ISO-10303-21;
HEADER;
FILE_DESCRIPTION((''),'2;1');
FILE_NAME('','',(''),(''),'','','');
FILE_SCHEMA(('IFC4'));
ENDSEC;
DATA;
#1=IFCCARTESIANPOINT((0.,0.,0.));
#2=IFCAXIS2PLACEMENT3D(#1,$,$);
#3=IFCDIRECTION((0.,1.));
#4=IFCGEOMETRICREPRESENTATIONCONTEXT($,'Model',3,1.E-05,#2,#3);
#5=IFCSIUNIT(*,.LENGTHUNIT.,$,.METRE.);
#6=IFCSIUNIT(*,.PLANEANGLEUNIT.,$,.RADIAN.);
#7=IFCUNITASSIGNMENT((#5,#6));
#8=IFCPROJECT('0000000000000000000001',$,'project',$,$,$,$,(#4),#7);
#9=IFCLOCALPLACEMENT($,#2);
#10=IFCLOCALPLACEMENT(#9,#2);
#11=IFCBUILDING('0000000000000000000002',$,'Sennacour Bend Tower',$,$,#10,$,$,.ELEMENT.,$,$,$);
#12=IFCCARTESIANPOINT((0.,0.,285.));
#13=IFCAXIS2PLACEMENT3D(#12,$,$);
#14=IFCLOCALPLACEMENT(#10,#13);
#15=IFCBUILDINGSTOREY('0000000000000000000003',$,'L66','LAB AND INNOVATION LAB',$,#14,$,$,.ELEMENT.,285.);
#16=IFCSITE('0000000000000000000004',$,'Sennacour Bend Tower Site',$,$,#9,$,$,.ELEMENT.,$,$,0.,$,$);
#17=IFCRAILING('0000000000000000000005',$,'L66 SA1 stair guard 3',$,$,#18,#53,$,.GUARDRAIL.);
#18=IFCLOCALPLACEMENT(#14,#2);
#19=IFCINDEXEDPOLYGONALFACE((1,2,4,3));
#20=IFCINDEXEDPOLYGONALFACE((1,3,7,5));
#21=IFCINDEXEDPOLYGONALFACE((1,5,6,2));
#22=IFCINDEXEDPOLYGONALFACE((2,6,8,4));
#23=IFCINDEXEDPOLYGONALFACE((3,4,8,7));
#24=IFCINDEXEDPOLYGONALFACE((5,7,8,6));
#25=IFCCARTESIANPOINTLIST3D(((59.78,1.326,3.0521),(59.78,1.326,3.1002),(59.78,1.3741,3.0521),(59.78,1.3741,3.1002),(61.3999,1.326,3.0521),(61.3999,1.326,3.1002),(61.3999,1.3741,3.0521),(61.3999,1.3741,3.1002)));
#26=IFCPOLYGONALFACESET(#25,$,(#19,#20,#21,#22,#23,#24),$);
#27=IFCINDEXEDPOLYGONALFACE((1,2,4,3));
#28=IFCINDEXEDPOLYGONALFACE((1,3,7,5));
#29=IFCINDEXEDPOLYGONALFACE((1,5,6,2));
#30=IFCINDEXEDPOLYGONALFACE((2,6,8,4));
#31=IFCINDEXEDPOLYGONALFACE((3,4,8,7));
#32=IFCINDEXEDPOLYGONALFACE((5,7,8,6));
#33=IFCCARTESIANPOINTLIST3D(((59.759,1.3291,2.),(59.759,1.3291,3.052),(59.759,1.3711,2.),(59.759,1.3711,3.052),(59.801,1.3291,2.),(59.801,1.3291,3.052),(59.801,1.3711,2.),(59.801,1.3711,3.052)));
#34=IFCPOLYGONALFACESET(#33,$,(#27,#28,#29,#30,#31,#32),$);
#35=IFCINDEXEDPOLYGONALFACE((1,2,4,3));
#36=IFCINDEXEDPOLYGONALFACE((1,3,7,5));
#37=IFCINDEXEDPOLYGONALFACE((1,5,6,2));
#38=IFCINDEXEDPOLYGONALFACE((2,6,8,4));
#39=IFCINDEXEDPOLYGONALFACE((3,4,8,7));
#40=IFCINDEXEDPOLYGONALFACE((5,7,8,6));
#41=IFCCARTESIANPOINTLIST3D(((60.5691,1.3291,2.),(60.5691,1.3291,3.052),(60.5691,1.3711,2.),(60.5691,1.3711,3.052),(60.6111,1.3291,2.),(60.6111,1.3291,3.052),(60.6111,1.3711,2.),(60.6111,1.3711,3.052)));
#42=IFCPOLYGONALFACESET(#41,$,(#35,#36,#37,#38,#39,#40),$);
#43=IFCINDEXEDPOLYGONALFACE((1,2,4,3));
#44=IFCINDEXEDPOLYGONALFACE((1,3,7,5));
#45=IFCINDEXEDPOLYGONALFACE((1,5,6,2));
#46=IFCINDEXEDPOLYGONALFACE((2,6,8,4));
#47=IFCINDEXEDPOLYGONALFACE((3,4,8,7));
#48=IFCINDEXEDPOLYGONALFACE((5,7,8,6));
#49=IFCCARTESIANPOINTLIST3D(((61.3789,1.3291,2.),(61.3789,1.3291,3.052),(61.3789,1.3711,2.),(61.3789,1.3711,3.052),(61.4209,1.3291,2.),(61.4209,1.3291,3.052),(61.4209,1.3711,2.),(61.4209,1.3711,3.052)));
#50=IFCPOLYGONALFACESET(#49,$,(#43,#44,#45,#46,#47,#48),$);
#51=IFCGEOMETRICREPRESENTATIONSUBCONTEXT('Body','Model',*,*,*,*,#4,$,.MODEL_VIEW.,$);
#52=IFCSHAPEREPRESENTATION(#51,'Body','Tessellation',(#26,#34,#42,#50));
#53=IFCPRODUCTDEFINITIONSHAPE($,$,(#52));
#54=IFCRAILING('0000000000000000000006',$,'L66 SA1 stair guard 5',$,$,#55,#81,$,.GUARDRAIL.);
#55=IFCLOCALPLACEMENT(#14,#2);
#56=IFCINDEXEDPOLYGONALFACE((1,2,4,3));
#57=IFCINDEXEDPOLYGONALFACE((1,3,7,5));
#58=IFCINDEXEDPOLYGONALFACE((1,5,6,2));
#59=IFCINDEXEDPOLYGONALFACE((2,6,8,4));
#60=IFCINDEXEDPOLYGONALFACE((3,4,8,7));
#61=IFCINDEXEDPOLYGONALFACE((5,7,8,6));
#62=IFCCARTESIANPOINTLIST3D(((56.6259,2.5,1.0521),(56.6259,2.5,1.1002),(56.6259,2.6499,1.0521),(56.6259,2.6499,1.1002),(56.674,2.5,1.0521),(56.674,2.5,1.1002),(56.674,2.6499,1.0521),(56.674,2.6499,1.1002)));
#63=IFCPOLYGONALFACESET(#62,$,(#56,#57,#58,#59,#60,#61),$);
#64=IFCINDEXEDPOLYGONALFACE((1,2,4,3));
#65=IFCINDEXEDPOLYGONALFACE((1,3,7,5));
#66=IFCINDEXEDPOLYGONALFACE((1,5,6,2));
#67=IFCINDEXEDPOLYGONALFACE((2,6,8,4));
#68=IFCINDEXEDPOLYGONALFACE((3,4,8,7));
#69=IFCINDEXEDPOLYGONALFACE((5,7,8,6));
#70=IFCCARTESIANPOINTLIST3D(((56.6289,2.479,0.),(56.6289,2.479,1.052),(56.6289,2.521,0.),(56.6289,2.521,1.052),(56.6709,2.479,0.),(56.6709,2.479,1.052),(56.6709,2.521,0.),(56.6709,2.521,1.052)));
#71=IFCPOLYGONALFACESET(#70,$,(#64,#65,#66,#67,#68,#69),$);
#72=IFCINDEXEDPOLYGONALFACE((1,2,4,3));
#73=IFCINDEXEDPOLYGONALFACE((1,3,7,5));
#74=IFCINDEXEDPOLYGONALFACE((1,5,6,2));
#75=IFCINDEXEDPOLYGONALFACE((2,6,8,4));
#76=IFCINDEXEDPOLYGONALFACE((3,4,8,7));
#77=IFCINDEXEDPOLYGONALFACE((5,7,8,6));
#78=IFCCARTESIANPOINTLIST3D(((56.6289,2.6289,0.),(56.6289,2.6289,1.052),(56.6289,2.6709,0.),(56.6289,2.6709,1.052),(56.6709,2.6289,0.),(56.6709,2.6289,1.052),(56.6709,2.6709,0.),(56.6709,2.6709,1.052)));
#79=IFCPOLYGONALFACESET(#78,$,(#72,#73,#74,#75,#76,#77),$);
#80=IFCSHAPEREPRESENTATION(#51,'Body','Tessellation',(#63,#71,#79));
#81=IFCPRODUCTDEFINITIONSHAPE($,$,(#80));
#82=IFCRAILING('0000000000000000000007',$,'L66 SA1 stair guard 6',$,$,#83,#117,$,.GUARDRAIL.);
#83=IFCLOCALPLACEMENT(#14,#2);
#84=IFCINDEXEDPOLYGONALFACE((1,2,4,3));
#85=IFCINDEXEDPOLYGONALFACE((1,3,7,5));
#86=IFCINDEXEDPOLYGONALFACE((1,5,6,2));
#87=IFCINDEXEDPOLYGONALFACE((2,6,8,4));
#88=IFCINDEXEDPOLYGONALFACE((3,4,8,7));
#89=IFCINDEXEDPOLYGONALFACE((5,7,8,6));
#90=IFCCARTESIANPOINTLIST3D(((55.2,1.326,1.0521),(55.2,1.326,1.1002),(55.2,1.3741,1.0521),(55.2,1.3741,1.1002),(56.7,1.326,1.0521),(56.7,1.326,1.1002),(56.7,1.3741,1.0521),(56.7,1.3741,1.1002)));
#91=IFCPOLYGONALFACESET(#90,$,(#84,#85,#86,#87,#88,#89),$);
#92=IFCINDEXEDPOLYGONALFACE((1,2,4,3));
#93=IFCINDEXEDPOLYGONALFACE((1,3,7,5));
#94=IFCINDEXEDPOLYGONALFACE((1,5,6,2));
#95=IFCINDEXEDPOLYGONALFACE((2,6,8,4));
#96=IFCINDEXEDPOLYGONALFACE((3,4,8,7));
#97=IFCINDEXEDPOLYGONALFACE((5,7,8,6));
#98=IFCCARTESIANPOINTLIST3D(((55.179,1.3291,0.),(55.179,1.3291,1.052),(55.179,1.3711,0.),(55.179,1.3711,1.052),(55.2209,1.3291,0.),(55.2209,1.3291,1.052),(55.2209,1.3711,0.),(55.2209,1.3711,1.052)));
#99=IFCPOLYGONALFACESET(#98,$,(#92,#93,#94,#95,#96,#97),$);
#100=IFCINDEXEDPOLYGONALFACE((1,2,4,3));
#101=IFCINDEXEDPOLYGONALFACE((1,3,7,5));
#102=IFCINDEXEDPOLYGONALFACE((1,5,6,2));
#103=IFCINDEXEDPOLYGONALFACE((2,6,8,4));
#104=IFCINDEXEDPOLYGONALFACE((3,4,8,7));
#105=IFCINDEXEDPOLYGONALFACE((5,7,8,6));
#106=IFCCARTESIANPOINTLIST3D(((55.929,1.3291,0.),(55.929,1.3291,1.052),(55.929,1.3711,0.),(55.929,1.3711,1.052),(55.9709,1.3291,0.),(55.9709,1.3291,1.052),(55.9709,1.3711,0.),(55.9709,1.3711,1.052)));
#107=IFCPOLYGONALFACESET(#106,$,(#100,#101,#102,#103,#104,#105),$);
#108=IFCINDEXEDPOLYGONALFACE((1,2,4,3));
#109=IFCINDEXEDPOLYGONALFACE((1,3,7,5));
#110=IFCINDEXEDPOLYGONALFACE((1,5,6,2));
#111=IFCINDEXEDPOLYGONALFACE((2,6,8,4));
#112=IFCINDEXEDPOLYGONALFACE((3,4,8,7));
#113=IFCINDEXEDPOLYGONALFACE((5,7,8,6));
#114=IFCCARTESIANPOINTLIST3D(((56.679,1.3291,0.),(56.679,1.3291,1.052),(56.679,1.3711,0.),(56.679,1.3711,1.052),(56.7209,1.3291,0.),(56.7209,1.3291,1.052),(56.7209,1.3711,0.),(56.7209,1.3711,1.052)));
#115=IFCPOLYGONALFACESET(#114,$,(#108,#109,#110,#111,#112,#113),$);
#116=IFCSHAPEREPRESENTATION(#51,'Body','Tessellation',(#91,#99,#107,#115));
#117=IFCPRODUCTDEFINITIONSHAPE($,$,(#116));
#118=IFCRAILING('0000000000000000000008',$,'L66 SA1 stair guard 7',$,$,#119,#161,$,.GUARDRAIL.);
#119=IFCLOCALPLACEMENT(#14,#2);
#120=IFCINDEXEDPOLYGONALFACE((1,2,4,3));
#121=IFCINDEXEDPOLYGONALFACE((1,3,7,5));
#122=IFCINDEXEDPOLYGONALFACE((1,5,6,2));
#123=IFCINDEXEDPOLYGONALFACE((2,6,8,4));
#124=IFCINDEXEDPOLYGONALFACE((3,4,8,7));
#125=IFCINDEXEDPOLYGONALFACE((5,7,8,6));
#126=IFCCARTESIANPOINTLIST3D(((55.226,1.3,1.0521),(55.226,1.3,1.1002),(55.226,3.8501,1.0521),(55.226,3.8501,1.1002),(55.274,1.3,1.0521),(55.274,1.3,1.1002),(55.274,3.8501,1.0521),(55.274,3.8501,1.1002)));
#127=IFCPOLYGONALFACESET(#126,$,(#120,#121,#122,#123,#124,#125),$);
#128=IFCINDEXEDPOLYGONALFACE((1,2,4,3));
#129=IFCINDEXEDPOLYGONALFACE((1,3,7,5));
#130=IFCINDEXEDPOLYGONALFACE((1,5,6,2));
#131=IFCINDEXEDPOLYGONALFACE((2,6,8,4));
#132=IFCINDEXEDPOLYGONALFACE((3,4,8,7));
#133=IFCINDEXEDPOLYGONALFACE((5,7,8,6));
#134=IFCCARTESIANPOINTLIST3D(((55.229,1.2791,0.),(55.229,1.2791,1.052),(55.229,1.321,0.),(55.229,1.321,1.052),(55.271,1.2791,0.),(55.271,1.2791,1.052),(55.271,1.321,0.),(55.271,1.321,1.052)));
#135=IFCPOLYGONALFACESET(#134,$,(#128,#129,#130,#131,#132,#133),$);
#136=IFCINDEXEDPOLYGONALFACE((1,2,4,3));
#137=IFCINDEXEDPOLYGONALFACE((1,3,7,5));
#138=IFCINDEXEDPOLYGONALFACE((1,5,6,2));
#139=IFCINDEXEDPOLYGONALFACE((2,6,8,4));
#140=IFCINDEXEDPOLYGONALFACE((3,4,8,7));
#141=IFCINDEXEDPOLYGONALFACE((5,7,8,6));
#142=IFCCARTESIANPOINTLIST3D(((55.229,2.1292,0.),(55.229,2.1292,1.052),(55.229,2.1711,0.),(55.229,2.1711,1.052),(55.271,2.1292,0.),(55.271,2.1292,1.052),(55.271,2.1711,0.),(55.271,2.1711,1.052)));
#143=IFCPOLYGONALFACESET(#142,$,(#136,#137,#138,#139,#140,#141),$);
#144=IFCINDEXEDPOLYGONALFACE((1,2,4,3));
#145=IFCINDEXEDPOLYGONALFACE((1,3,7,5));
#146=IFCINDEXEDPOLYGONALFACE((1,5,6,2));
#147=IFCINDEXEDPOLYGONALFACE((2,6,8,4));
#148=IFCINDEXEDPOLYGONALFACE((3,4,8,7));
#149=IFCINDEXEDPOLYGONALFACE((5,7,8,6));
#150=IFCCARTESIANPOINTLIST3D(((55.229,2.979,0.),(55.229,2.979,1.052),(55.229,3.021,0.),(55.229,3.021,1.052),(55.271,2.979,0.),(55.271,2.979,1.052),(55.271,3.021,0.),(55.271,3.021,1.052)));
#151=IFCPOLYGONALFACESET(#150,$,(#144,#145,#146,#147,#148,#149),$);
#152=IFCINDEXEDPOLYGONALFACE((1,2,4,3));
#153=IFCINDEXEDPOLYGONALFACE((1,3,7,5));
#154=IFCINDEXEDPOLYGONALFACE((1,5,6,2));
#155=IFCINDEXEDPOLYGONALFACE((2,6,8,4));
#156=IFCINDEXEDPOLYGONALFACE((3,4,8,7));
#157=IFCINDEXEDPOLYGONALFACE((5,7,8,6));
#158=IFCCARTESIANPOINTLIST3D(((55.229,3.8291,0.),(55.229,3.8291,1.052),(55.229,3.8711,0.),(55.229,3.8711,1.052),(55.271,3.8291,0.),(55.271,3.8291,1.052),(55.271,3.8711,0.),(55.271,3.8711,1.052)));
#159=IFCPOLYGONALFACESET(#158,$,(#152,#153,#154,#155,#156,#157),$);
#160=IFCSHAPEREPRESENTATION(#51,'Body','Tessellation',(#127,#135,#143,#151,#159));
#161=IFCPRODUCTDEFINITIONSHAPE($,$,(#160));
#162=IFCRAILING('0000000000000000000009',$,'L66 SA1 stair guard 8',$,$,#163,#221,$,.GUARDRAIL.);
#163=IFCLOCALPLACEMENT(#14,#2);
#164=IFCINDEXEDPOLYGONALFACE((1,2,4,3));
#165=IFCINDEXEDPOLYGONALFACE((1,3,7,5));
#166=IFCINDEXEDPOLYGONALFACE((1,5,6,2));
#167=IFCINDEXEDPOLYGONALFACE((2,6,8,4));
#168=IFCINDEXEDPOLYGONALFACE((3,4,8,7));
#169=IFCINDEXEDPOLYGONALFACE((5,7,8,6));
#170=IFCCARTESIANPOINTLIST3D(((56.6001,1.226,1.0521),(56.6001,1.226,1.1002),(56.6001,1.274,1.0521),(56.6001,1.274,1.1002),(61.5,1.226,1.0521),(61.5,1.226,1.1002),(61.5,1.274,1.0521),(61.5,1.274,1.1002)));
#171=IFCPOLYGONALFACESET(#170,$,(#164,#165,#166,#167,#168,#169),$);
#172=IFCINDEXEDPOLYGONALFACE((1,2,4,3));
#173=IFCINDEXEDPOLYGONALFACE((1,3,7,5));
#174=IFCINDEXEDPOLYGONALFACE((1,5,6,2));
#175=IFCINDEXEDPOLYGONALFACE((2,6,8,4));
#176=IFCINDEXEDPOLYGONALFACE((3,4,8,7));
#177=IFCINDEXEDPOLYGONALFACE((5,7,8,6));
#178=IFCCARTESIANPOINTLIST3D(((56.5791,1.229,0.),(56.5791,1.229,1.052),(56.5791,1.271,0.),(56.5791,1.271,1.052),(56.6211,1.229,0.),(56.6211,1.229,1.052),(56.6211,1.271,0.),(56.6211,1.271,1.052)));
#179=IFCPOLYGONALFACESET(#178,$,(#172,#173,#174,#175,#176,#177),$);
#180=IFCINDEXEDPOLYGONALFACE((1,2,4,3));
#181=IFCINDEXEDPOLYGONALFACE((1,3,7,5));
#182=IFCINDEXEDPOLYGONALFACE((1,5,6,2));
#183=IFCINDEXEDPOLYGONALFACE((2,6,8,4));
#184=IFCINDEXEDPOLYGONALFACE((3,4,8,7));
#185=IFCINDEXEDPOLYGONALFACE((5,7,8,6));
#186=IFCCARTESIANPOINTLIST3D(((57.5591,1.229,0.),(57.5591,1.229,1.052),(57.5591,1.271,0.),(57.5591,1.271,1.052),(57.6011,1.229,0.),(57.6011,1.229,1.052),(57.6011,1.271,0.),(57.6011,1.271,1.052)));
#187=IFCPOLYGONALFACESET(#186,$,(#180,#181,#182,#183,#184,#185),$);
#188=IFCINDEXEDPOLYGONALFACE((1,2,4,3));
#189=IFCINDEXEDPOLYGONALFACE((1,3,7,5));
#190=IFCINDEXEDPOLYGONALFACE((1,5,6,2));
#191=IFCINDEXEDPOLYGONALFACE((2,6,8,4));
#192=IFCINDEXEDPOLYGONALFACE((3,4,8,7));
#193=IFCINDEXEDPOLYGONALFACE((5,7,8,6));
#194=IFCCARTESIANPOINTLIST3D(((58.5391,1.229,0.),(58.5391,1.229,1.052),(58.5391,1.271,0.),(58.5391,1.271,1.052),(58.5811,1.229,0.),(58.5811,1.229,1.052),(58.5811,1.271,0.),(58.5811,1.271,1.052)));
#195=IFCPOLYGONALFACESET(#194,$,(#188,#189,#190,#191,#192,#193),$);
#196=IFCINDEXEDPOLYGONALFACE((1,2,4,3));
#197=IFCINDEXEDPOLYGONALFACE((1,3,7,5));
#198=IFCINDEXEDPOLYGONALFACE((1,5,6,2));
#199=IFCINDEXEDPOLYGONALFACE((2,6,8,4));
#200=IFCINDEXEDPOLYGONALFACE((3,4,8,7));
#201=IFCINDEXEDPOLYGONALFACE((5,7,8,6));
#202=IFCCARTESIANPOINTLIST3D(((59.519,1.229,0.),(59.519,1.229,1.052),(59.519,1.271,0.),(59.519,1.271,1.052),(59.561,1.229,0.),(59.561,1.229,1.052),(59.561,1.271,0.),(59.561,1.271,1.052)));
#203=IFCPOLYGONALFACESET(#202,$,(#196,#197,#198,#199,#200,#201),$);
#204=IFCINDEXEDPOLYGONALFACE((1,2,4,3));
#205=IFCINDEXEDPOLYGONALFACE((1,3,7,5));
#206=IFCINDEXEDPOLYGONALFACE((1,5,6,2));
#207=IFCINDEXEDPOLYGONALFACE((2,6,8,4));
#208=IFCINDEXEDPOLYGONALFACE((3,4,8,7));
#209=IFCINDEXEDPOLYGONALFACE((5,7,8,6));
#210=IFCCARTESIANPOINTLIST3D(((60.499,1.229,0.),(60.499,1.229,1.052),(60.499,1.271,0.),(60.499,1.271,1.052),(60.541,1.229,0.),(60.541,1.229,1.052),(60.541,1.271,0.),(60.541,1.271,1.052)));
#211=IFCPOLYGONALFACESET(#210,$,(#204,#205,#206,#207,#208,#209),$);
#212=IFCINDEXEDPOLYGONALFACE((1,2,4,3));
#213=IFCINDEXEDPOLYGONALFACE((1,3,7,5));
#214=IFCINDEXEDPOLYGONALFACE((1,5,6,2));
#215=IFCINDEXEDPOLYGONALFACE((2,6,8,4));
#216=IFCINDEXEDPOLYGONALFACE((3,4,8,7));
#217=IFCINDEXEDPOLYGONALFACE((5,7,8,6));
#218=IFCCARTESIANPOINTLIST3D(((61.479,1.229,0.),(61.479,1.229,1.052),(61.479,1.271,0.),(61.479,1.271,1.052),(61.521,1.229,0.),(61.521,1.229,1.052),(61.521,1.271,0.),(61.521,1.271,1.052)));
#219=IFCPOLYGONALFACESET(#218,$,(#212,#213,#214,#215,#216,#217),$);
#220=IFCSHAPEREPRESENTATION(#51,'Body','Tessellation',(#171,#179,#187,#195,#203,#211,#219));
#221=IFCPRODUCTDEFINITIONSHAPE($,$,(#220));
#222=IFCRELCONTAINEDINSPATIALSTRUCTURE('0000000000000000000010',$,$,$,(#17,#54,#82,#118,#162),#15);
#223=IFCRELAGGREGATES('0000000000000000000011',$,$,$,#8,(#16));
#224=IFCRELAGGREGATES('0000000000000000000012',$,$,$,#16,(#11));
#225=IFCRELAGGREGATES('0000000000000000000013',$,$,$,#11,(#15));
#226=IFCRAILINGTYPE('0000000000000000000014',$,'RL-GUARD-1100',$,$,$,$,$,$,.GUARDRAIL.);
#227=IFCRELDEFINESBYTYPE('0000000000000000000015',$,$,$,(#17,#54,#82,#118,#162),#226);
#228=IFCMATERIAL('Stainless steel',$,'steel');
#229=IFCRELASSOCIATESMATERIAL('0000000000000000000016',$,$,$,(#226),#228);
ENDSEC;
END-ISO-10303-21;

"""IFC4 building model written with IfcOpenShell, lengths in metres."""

from ifc_helpers import new_model, si_unit, direction, frame, origin, origin_2d, place, context, subcontext, project, spatial, rectangle, extrude, material, type_object, element, save


model = new_model("IFC4")

# Units and contexts
model_context = context("Model", 3, precision=1e-05, world=origin(), true_north=direction((0.0, 1.0)))
body_context = subcontext(model_context, "Body", "Model", "MODEL_VIEW")
ifc_project = project(units=[si_unit("LENGTHUNIT", "METRE"), si_unit("PLANEANGLEUNIT", "RADIAN")], contexts=[model_context])

# Site, building, storey
site_placement = place(None, origin())
site = spatial("IfcSite", under=ifc_project, at=site_placement, Name="Sennacour Bend Tower Site", CompositionType="ELEMENT", RefElevation=0.0)
building_placement = place(site_placement, origin())
building = spatial("IfcBuilding", under=site, at=building_placement, Name="Sennacour Bend Tower", CompositionType="ELEMENT")
storey_placement = place(building_placement, frame((0.0, 0.0, 285.0)))
storey = spatial("IfcBuildingStorey", under=building, at=storey_placement, Name="L66", Description="LAB AND INNOVATION LAB", CompositionType="ELEMENT", Elevation=285.0)

# Shared definitions
ifc_material_1 = material(Name="Stainless steel", Category="steel")

# Railings
railing_type_1 = type_object("IfcRailingType", Name="RL-GUARD-1100", PredefinedType="GUARDRAIL", material=ifc_material_1)
railing_1_placement = place(storey_placement, frame((59.78, 1.3501, 2.0)))
element("IfcRailing", 1, at=railing_1_placement, inside=storey, type_object=railing_type_1, Name="L66 SA1 stair guard 3", PredefinedType="GUARDRAIL", context=body_context, shape_type="SweptSolid", body=[
    extrude(rectangle(XDim=0.0481, YDim=0.0481, at=origin_2d()), frame((0.0, 0.0, 1.0762), z_axis=(1.0, 0.0, 0.0), x_axis=(0.0, 1.0, 0.0)), (0.0, 0.0, 1.0), 1.6199),
    extrude(rectangle(XDim=0.042, YDim=0.042, at=origin_2d()), origin(), (0.0, 0.0, 1.0), 1.052),
    extrude(rectangle(XDim=0.042, YDim=0.042, at=origin_2d()), frame((0.8101, 0.0, 0.0)), (0.0, 0.0, 1.0), 1.052),
    extrude(rectangle(XDim=0.042, YDim=0.042, at=origin_2d()), frame((1.6199, 0.0, 0.0)), (0.0, 0.0, 1.0), 1.052),
])
railing_2_placement = place(storey_placement, frame((56.6499, 2.5, 0.0)))
element("IfcRailing", 2, at=railing_2_placement, inside=storey, type_object=railing_type_1, Name="L66 SA1 stair guard 5", PredefinedType="GUARDRAIL", context=body_context, shape_type="SweptSolid", body=[
    extrude(rectangle(XDim=0.0481, YDim=0.0481, at=origin_2d()), frame((0.0, 0.0, 1.0762), z_axis=(0.0, 1.0, 0.0), x_axis=(-1.0, 0.0, 0.0)), (0.0, 0.0, 1.0), 0.1499),
    extrude(rectangle(XDim=0.042, YDim=0.042, at=origin_2d()), origin(), (0.0, 0.0, 1.0), 1.052),
    extrude(rectangle(XDim=0.042, YDim=0.042, at=origin_2d()), frame((0.0, 0.1499, 0.0)), (0.0, 0.0, 1.0), 1.052),
])
railing_3_placement = place(storey_placement, frame((55.2, 1.3501, 0.0)))
element("IfcRailing", 3, at=railing_3_placement, inside=storey, type_object=railing_type_1, Name="L66 SA1 stair guard 6", PredefinedType="GUARDRAIL", context=body_context, shape_type="SweptSolid", body=[
    extrude(rectangle(XDim=0.0481, YDim=0.0481, at=origin_2d()), frame((0.0, 0.0, 1.0762), z_axis=(1.0, 0.0, 0.0), x_axis=(0.0, 1.0, 0.0)), (0.0, 0.0, 1.0), 1.5),
    extrude(rectangle(XDim=0.042, YDim=0.042, at=origin_2d()), origin(), (0.0, 0.0, 1.0), 1.052),
    extrude(rectangle(XDim=0.042, YDim=0.042, at=origin_2d()), frame((0.75, 0.0, 0.0)), (0.0, 0.0, 1.0), 1.052),
    extrude(rectangle(XDim=0.042, YDim=0.042, at=origin_2d()), frame((1.5, 0.0, 0.0)), (0.0, 0.0, 1.0), 1.052),
])
railing_4_placement = place(storey_placement, frame((55.25, 1.3, 0.0)))
element("IfcRailing", 4, at=railing_4_placement, inside=storey, type_object=railing_type_1, Name="L66 SA1 stair guard 7", PredefinedType="GUARDRAIL", context=body_context, shape_type="SweptSolid", body=[
    extrude(rectangle(XDim=0.0481, YDim=0.0481, at=origin_2d()), frame((0.0, 0.0, 1.0762), z_axis=(0.0, 1.0, 0.0), x_axis=(-1.0, 0.0, 0.0)), (0.0, 0.0, 1.0), 2.55),
    extrude(rectangle(XDim=0.042, YDim=0.042, at=origin_2d()), origin(), (0.0, 0.0, 1.0), 1.052),
    extrude(rectangle(XDim=0.042, YDim=0.042, at=origin_2d()), frame((0.0, 0.8501, 0.0)), (0.0, 0.0, 1.0), 1.052),
    extrude(rectangle(XDim=0.042, YDim=0.042, at=origin_2d()), frame((0.0, 1.7, 0.0)), (0.0, 0.0, 1.0), 1.052),
    extrude(rectangle(XDim=0.042, YDim=0.042, at=origin_2d()), frame((0.0, 2.55, 0.0)), (0.0, 0.0, 1.0), 1.052),
])
railing_5_placement = place(storey_placement, frame((56.6001, 1.25, 0.0)))
element("IfcRailing", 5, at=railing_5_placement, inside=storey, type_object=railing_type_1, Name="L66 SA1 stair guard 8", PredefinedType="GUARDRAIL", context=body_context, shape_type="SweptSolid", body=[
    extrude(rectangle(XDim=0.0481, YDim=0.0481, at=origin_2d()), frame((0.0, 0.0, 1.0762), z_axis=(1.0, 0.0, 0.0), x_axis=(0.0, 1.0, 0.0)), (0.0, 0.0, 1.0), 4.8999),
    extrude(rectangle(XDim=0.042, YDim=0.042, at=origin_2d()), origin(), (0.0, 0.0, 1.0), 1.052),
    extrude(rectangle(XDim=0.042, YDim=0.042, at=origin_2d()), frame((0.98, 0.0, 0.0)), (0.0, 0.0, 1.0), 1.052),
    extrude(rectangle(XDim=0.042, YDim=0.042, at=origin_2d()), frame((1.96, 0.0, 0.0)), (0.0, 0.0, 1.0), 1.052),
    extrude(rectangle(XDim=0.042, YDim=0.042, at=origin_2d()), frame((2.9399, 0.0, 0.0)), (0.0, 0.0, 1.0), 1.052),
    extrude(rectangle(XDim=0.042, YDim=0.042, at=origin_2d()), frame((3.9199, 0.0, 0.0)), (0.0, 0.0, 1.0), 1.052),
    extrude(rectangle(XDim=0.042, YDim=0.042, at=origin_2d()), frame((4.8999, 0.0, 0.0)), (0.0, 0.0, 1.0), 1.052),
])

save(model, "model.ifc")
